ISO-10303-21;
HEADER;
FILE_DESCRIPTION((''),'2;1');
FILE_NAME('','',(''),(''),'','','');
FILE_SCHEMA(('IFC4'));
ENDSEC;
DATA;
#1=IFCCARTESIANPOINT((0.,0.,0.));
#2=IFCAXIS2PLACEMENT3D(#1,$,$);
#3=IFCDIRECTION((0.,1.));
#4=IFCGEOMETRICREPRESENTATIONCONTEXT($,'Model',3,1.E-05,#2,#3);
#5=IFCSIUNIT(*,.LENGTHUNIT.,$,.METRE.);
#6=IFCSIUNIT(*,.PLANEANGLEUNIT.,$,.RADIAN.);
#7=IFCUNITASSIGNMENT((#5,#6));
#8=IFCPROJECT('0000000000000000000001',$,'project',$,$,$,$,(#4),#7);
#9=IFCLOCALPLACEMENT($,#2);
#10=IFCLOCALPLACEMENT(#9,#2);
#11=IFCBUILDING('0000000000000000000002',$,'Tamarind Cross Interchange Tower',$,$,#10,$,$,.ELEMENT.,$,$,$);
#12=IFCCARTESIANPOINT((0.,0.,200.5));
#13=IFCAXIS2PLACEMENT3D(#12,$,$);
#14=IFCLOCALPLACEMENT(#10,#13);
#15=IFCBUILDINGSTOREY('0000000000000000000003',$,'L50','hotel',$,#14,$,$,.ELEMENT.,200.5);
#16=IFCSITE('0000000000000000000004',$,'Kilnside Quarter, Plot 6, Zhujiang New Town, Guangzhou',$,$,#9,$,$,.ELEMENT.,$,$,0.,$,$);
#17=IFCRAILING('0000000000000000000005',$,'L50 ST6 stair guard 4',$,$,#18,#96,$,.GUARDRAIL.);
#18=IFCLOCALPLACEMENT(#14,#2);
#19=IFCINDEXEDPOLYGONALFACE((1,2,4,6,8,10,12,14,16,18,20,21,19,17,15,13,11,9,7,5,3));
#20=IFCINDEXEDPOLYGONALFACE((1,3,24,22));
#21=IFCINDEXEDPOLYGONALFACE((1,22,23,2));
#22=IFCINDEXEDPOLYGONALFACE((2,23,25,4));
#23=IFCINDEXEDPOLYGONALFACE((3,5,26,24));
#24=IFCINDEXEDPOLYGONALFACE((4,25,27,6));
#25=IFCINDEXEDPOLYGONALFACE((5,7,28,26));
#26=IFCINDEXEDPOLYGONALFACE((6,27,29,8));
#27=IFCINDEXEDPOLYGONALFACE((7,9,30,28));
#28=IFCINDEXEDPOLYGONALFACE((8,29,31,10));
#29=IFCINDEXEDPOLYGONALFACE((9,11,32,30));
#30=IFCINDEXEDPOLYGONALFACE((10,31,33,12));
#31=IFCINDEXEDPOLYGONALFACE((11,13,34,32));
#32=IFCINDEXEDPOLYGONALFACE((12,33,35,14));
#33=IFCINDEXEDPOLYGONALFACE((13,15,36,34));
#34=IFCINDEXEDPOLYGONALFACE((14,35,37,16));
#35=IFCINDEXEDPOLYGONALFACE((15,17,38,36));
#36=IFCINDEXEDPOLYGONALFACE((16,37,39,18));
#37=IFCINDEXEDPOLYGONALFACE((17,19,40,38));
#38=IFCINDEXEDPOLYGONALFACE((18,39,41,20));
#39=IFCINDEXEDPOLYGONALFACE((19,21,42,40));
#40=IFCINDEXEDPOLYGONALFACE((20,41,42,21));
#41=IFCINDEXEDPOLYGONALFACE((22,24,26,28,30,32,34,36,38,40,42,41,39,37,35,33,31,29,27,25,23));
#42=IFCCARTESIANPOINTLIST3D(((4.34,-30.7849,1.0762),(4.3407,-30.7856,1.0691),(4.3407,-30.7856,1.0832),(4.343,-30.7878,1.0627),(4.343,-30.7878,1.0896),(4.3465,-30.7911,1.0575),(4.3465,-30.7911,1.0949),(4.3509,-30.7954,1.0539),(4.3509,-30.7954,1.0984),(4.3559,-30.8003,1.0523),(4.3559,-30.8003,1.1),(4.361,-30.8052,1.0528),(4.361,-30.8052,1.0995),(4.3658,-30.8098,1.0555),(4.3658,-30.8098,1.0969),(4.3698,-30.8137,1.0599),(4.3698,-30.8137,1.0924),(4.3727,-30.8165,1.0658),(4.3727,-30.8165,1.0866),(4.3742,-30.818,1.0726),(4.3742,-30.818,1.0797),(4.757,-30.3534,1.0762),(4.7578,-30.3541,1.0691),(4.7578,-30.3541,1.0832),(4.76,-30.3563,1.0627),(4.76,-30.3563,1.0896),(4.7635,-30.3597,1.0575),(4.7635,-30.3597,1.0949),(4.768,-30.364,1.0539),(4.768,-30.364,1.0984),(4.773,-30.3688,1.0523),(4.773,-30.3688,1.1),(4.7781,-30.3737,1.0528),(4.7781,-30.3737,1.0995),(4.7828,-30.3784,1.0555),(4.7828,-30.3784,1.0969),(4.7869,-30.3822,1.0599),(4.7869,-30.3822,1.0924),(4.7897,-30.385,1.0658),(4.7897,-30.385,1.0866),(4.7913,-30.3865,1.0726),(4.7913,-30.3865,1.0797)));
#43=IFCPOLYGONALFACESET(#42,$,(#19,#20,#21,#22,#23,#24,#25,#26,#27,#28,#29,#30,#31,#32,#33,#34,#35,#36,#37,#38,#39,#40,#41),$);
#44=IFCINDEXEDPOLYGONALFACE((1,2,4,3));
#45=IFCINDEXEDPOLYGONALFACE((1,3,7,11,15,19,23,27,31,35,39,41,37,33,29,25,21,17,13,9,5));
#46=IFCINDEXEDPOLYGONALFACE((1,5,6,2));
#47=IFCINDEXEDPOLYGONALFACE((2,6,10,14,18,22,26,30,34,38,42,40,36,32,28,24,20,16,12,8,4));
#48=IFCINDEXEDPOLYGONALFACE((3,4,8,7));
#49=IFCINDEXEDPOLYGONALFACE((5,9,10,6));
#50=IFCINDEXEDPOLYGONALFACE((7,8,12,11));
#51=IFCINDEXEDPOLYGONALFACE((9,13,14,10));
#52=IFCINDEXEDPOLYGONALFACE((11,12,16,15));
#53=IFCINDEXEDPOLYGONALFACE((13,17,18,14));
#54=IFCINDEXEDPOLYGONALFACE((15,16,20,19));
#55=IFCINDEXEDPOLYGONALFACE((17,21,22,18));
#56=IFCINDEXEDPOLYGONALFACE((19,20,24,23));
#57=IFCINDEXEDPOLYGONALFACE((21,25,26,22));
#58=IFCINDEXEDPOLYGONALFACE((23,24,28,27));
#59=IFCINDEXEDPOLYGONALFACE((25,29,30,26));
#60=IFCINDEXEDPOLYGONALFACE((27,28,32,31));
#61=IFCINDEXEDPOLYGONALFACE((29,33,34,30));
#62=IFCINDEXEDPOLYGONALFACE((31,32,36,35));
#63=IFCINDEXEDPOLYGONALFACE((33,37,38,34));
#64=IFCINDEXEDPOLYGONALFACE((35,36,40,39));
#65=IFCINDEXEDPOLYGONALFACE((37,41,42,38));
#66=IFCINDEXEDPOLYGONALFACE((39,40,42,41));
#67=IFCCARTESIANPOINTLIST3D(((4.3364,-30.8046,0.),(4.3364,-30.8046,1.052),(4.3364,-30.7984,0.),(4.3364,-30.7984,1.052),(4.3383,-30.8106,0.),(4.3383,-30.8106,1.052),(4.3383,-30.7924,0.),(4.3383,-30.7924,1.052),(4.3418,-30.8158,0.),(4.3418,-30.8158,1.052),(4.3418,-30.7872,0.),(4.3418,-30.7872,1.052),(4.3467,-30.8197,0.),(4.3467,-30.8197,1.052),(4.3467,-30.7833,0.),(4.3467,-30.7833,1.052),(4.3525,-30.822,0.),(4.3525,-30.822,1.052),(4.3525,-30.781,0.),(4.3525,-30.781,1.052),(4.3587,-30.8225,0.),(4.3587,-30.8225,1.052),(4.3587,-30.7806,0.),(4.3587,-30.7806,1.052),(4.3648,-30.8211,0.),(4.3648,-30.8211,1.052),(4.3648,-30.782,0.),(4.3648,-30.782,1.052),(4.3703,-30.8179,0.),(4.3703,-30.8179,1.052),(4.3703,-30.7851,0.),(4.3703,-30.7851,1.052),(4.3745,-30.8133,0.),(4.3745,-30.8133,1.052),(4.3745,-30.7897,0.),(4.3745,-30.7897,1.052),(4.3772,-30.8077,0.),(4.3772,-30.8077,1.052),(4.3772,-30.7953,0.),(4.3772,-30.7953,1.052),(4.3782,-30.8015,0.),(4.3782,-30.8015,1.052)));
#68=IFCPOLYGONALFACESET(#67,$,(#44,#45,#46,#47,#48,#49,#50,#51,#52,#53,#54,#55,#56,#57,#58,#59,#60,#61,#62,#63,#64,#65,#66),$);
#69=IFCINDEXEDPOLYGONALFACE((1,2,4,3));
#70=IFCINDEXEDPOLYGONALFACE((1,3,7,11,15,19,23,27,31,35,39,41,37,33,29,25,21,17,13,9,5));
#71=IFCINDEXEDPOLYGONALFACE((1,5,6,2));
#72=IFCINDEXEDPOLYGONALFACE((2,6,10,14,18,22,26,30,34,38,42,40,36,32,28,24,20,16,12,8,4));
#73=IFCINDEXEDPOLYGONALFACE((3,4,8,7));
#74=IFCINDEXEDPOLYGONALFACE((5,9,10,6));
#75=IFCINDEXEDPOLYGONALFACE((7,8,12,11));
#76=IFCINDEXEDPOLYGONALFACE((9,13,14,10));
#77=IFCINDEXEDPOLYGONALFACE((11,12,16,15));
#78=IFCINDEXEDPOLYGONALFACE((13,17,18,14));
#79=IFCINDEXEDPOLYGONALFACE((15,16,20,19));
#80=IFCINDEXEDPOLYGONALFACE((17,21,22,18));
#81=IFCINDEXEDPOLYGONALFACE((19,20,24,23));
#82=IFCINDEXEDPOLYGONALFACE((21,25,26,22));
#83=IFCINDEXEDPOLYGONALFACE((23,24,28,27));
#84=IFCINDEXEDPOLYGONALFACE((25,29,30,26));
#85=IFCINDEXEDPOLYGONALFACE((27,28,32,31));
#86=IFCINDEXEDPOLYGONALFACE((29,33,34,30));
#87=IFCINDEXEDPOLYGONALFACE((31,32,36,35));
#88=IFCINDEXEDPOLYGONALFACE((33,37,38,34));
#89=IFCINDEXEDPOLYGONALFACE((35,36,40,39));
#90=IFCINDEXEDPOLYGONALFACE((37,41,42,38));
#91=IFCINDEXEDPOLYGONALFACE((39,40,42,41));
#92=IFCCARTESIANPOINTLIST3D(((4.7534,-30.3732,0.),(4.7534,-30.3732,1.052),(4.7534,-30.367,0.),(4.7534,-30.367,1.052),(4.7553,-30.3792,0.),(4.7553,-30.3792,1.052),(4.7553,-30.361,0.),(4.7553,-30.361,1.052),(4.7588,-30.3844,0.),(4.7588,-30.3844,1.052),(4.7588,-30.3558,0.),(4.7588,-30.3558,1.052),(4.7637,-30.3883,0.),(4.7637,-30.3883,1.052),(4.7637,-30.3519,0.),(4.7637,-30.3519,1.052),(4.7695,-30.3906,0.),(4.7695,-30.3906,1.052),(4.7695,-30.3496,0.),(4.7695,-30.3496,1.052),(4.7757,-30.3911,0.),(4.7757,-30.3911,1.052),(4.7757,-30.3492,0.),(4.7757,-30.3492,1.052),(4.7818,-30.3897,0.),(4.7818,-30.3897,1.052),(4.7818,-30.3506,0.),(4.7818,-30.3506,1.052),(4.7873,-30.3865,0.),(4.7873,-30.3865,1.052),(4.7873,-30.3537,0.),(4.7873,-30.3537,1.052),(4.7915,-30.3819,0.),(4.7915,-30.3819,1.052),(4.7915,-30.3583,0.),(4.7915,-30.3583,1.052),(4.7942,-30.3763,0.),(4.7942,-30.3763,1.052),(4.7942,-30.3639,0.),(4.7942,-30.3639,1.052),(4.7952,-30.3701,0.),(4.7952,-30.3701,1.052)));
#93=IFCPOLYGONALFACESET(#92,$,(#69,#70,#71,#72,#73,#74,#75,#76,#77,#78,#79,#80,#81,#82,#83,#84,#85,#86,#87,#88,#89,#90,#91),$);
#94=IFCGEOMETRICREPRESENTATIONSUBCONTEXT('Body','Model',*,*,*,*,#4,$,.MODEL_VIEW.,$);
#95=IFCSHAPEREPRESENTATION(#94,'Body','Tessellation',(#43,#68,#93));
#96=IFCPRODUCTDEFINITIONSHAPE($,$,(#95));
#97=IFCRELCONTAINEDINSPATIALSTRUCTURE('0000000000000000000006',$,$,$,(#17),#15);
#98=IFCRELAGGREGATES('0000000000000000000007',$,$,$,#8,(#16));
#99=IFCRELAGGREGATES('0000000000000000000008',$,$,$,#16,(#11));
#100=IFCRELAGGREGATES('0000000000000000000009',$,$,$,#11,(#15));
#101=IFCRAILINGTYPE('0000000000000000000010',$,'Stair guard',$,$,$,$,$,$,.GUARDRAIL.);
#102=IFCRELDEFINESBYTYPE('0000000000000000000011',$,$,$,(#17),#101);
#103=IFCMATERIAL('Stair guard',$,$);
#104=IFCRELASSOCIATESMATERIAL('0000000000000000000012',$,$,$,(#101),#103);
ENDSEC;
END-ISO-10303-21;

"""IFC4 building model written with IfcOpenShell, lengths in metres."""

from ifc_helpers import new_model, si_unit, direction, frame, origin, origin_2d, place, context, subcontext, project, spatial, circle, extrude, material, type_object, element, save


model = new_model("IFC4")

# Units and contexts
model_context = context("Model", 3, precision=1e-05, world=origin(), true_north=direction((0.0, 1.0)))
body_context = subcontext(model_context, "Body", "Model", "MODEL_VIEW")
ifc_project = project(units=[si_unit("LENGTHUNIT", "METRE"), si_unit("PLANEANGLEUNIT", "RADIAN")], contexts=[model_context])

# Site, building, storey
site_placement = place(None, origin())
site = spatial("IfcSite", under=ifc_project, at=site_placement, Name="Kilnside Quarter, Plot 6, Zhujiang New Town, Guangzhou", CompositionType="ELEMENT", RefElevation=0.0)
building_placement = place(site_placement, origin())
building = spatial("IfcBuilding", under=site, at=building_placement, Name="Tamarind Cross Interchange Tower", CompositionType="ELEMENT")
storey_placement = place(building_placement, frame((0.0, 0.0, 200.5)))
storey = spatial("IfcBuildingStorey", under=building, at=storey_placement, Name="L50", Description="hotel", CompositionType="ELEMENT", Elevation=200.5)

# Railing
ifc_material_1 = material(Name="Stair guard")
railing_type = type_object("IfcRailingType", Name="Stair guard", PredefinedType="GUARDRAIL", material=ifc_material_1)
railing_1_placement = place(storey_placement, frame((4.3572, -30.8015, 0.0)))
element("IfcRailing", 1, at=railing_1_placement, inside=storey, type_object=railing_type, Name="L50 ST6 stair guard 4", PredefinedType="GUARDRAIL", context=body_context, shape_type="SweptSolid", body=[
    extrude(circle(Radius=0.0239, at=origin_2d()), frame((0.0, 0.0, 1.0762), z_axis=(0.695001, 0.719009, 0.0), x_axis=(-0.719009, 0.695001, 0.0)), (0.0, 0.0, 1.0), 0.6001),
    extrude(circle(Radius=0.021, at=origin_2d()), origin(), (0.0, 0.0, 1.0), 1.052),
    extrude(circle(Radius=0.021, at=origin_2d()), frame((0.417, 0.4314, 0.0)), (0.0, 0.0, 1.0), 1.052),
])

save(model, "model.ifc")
